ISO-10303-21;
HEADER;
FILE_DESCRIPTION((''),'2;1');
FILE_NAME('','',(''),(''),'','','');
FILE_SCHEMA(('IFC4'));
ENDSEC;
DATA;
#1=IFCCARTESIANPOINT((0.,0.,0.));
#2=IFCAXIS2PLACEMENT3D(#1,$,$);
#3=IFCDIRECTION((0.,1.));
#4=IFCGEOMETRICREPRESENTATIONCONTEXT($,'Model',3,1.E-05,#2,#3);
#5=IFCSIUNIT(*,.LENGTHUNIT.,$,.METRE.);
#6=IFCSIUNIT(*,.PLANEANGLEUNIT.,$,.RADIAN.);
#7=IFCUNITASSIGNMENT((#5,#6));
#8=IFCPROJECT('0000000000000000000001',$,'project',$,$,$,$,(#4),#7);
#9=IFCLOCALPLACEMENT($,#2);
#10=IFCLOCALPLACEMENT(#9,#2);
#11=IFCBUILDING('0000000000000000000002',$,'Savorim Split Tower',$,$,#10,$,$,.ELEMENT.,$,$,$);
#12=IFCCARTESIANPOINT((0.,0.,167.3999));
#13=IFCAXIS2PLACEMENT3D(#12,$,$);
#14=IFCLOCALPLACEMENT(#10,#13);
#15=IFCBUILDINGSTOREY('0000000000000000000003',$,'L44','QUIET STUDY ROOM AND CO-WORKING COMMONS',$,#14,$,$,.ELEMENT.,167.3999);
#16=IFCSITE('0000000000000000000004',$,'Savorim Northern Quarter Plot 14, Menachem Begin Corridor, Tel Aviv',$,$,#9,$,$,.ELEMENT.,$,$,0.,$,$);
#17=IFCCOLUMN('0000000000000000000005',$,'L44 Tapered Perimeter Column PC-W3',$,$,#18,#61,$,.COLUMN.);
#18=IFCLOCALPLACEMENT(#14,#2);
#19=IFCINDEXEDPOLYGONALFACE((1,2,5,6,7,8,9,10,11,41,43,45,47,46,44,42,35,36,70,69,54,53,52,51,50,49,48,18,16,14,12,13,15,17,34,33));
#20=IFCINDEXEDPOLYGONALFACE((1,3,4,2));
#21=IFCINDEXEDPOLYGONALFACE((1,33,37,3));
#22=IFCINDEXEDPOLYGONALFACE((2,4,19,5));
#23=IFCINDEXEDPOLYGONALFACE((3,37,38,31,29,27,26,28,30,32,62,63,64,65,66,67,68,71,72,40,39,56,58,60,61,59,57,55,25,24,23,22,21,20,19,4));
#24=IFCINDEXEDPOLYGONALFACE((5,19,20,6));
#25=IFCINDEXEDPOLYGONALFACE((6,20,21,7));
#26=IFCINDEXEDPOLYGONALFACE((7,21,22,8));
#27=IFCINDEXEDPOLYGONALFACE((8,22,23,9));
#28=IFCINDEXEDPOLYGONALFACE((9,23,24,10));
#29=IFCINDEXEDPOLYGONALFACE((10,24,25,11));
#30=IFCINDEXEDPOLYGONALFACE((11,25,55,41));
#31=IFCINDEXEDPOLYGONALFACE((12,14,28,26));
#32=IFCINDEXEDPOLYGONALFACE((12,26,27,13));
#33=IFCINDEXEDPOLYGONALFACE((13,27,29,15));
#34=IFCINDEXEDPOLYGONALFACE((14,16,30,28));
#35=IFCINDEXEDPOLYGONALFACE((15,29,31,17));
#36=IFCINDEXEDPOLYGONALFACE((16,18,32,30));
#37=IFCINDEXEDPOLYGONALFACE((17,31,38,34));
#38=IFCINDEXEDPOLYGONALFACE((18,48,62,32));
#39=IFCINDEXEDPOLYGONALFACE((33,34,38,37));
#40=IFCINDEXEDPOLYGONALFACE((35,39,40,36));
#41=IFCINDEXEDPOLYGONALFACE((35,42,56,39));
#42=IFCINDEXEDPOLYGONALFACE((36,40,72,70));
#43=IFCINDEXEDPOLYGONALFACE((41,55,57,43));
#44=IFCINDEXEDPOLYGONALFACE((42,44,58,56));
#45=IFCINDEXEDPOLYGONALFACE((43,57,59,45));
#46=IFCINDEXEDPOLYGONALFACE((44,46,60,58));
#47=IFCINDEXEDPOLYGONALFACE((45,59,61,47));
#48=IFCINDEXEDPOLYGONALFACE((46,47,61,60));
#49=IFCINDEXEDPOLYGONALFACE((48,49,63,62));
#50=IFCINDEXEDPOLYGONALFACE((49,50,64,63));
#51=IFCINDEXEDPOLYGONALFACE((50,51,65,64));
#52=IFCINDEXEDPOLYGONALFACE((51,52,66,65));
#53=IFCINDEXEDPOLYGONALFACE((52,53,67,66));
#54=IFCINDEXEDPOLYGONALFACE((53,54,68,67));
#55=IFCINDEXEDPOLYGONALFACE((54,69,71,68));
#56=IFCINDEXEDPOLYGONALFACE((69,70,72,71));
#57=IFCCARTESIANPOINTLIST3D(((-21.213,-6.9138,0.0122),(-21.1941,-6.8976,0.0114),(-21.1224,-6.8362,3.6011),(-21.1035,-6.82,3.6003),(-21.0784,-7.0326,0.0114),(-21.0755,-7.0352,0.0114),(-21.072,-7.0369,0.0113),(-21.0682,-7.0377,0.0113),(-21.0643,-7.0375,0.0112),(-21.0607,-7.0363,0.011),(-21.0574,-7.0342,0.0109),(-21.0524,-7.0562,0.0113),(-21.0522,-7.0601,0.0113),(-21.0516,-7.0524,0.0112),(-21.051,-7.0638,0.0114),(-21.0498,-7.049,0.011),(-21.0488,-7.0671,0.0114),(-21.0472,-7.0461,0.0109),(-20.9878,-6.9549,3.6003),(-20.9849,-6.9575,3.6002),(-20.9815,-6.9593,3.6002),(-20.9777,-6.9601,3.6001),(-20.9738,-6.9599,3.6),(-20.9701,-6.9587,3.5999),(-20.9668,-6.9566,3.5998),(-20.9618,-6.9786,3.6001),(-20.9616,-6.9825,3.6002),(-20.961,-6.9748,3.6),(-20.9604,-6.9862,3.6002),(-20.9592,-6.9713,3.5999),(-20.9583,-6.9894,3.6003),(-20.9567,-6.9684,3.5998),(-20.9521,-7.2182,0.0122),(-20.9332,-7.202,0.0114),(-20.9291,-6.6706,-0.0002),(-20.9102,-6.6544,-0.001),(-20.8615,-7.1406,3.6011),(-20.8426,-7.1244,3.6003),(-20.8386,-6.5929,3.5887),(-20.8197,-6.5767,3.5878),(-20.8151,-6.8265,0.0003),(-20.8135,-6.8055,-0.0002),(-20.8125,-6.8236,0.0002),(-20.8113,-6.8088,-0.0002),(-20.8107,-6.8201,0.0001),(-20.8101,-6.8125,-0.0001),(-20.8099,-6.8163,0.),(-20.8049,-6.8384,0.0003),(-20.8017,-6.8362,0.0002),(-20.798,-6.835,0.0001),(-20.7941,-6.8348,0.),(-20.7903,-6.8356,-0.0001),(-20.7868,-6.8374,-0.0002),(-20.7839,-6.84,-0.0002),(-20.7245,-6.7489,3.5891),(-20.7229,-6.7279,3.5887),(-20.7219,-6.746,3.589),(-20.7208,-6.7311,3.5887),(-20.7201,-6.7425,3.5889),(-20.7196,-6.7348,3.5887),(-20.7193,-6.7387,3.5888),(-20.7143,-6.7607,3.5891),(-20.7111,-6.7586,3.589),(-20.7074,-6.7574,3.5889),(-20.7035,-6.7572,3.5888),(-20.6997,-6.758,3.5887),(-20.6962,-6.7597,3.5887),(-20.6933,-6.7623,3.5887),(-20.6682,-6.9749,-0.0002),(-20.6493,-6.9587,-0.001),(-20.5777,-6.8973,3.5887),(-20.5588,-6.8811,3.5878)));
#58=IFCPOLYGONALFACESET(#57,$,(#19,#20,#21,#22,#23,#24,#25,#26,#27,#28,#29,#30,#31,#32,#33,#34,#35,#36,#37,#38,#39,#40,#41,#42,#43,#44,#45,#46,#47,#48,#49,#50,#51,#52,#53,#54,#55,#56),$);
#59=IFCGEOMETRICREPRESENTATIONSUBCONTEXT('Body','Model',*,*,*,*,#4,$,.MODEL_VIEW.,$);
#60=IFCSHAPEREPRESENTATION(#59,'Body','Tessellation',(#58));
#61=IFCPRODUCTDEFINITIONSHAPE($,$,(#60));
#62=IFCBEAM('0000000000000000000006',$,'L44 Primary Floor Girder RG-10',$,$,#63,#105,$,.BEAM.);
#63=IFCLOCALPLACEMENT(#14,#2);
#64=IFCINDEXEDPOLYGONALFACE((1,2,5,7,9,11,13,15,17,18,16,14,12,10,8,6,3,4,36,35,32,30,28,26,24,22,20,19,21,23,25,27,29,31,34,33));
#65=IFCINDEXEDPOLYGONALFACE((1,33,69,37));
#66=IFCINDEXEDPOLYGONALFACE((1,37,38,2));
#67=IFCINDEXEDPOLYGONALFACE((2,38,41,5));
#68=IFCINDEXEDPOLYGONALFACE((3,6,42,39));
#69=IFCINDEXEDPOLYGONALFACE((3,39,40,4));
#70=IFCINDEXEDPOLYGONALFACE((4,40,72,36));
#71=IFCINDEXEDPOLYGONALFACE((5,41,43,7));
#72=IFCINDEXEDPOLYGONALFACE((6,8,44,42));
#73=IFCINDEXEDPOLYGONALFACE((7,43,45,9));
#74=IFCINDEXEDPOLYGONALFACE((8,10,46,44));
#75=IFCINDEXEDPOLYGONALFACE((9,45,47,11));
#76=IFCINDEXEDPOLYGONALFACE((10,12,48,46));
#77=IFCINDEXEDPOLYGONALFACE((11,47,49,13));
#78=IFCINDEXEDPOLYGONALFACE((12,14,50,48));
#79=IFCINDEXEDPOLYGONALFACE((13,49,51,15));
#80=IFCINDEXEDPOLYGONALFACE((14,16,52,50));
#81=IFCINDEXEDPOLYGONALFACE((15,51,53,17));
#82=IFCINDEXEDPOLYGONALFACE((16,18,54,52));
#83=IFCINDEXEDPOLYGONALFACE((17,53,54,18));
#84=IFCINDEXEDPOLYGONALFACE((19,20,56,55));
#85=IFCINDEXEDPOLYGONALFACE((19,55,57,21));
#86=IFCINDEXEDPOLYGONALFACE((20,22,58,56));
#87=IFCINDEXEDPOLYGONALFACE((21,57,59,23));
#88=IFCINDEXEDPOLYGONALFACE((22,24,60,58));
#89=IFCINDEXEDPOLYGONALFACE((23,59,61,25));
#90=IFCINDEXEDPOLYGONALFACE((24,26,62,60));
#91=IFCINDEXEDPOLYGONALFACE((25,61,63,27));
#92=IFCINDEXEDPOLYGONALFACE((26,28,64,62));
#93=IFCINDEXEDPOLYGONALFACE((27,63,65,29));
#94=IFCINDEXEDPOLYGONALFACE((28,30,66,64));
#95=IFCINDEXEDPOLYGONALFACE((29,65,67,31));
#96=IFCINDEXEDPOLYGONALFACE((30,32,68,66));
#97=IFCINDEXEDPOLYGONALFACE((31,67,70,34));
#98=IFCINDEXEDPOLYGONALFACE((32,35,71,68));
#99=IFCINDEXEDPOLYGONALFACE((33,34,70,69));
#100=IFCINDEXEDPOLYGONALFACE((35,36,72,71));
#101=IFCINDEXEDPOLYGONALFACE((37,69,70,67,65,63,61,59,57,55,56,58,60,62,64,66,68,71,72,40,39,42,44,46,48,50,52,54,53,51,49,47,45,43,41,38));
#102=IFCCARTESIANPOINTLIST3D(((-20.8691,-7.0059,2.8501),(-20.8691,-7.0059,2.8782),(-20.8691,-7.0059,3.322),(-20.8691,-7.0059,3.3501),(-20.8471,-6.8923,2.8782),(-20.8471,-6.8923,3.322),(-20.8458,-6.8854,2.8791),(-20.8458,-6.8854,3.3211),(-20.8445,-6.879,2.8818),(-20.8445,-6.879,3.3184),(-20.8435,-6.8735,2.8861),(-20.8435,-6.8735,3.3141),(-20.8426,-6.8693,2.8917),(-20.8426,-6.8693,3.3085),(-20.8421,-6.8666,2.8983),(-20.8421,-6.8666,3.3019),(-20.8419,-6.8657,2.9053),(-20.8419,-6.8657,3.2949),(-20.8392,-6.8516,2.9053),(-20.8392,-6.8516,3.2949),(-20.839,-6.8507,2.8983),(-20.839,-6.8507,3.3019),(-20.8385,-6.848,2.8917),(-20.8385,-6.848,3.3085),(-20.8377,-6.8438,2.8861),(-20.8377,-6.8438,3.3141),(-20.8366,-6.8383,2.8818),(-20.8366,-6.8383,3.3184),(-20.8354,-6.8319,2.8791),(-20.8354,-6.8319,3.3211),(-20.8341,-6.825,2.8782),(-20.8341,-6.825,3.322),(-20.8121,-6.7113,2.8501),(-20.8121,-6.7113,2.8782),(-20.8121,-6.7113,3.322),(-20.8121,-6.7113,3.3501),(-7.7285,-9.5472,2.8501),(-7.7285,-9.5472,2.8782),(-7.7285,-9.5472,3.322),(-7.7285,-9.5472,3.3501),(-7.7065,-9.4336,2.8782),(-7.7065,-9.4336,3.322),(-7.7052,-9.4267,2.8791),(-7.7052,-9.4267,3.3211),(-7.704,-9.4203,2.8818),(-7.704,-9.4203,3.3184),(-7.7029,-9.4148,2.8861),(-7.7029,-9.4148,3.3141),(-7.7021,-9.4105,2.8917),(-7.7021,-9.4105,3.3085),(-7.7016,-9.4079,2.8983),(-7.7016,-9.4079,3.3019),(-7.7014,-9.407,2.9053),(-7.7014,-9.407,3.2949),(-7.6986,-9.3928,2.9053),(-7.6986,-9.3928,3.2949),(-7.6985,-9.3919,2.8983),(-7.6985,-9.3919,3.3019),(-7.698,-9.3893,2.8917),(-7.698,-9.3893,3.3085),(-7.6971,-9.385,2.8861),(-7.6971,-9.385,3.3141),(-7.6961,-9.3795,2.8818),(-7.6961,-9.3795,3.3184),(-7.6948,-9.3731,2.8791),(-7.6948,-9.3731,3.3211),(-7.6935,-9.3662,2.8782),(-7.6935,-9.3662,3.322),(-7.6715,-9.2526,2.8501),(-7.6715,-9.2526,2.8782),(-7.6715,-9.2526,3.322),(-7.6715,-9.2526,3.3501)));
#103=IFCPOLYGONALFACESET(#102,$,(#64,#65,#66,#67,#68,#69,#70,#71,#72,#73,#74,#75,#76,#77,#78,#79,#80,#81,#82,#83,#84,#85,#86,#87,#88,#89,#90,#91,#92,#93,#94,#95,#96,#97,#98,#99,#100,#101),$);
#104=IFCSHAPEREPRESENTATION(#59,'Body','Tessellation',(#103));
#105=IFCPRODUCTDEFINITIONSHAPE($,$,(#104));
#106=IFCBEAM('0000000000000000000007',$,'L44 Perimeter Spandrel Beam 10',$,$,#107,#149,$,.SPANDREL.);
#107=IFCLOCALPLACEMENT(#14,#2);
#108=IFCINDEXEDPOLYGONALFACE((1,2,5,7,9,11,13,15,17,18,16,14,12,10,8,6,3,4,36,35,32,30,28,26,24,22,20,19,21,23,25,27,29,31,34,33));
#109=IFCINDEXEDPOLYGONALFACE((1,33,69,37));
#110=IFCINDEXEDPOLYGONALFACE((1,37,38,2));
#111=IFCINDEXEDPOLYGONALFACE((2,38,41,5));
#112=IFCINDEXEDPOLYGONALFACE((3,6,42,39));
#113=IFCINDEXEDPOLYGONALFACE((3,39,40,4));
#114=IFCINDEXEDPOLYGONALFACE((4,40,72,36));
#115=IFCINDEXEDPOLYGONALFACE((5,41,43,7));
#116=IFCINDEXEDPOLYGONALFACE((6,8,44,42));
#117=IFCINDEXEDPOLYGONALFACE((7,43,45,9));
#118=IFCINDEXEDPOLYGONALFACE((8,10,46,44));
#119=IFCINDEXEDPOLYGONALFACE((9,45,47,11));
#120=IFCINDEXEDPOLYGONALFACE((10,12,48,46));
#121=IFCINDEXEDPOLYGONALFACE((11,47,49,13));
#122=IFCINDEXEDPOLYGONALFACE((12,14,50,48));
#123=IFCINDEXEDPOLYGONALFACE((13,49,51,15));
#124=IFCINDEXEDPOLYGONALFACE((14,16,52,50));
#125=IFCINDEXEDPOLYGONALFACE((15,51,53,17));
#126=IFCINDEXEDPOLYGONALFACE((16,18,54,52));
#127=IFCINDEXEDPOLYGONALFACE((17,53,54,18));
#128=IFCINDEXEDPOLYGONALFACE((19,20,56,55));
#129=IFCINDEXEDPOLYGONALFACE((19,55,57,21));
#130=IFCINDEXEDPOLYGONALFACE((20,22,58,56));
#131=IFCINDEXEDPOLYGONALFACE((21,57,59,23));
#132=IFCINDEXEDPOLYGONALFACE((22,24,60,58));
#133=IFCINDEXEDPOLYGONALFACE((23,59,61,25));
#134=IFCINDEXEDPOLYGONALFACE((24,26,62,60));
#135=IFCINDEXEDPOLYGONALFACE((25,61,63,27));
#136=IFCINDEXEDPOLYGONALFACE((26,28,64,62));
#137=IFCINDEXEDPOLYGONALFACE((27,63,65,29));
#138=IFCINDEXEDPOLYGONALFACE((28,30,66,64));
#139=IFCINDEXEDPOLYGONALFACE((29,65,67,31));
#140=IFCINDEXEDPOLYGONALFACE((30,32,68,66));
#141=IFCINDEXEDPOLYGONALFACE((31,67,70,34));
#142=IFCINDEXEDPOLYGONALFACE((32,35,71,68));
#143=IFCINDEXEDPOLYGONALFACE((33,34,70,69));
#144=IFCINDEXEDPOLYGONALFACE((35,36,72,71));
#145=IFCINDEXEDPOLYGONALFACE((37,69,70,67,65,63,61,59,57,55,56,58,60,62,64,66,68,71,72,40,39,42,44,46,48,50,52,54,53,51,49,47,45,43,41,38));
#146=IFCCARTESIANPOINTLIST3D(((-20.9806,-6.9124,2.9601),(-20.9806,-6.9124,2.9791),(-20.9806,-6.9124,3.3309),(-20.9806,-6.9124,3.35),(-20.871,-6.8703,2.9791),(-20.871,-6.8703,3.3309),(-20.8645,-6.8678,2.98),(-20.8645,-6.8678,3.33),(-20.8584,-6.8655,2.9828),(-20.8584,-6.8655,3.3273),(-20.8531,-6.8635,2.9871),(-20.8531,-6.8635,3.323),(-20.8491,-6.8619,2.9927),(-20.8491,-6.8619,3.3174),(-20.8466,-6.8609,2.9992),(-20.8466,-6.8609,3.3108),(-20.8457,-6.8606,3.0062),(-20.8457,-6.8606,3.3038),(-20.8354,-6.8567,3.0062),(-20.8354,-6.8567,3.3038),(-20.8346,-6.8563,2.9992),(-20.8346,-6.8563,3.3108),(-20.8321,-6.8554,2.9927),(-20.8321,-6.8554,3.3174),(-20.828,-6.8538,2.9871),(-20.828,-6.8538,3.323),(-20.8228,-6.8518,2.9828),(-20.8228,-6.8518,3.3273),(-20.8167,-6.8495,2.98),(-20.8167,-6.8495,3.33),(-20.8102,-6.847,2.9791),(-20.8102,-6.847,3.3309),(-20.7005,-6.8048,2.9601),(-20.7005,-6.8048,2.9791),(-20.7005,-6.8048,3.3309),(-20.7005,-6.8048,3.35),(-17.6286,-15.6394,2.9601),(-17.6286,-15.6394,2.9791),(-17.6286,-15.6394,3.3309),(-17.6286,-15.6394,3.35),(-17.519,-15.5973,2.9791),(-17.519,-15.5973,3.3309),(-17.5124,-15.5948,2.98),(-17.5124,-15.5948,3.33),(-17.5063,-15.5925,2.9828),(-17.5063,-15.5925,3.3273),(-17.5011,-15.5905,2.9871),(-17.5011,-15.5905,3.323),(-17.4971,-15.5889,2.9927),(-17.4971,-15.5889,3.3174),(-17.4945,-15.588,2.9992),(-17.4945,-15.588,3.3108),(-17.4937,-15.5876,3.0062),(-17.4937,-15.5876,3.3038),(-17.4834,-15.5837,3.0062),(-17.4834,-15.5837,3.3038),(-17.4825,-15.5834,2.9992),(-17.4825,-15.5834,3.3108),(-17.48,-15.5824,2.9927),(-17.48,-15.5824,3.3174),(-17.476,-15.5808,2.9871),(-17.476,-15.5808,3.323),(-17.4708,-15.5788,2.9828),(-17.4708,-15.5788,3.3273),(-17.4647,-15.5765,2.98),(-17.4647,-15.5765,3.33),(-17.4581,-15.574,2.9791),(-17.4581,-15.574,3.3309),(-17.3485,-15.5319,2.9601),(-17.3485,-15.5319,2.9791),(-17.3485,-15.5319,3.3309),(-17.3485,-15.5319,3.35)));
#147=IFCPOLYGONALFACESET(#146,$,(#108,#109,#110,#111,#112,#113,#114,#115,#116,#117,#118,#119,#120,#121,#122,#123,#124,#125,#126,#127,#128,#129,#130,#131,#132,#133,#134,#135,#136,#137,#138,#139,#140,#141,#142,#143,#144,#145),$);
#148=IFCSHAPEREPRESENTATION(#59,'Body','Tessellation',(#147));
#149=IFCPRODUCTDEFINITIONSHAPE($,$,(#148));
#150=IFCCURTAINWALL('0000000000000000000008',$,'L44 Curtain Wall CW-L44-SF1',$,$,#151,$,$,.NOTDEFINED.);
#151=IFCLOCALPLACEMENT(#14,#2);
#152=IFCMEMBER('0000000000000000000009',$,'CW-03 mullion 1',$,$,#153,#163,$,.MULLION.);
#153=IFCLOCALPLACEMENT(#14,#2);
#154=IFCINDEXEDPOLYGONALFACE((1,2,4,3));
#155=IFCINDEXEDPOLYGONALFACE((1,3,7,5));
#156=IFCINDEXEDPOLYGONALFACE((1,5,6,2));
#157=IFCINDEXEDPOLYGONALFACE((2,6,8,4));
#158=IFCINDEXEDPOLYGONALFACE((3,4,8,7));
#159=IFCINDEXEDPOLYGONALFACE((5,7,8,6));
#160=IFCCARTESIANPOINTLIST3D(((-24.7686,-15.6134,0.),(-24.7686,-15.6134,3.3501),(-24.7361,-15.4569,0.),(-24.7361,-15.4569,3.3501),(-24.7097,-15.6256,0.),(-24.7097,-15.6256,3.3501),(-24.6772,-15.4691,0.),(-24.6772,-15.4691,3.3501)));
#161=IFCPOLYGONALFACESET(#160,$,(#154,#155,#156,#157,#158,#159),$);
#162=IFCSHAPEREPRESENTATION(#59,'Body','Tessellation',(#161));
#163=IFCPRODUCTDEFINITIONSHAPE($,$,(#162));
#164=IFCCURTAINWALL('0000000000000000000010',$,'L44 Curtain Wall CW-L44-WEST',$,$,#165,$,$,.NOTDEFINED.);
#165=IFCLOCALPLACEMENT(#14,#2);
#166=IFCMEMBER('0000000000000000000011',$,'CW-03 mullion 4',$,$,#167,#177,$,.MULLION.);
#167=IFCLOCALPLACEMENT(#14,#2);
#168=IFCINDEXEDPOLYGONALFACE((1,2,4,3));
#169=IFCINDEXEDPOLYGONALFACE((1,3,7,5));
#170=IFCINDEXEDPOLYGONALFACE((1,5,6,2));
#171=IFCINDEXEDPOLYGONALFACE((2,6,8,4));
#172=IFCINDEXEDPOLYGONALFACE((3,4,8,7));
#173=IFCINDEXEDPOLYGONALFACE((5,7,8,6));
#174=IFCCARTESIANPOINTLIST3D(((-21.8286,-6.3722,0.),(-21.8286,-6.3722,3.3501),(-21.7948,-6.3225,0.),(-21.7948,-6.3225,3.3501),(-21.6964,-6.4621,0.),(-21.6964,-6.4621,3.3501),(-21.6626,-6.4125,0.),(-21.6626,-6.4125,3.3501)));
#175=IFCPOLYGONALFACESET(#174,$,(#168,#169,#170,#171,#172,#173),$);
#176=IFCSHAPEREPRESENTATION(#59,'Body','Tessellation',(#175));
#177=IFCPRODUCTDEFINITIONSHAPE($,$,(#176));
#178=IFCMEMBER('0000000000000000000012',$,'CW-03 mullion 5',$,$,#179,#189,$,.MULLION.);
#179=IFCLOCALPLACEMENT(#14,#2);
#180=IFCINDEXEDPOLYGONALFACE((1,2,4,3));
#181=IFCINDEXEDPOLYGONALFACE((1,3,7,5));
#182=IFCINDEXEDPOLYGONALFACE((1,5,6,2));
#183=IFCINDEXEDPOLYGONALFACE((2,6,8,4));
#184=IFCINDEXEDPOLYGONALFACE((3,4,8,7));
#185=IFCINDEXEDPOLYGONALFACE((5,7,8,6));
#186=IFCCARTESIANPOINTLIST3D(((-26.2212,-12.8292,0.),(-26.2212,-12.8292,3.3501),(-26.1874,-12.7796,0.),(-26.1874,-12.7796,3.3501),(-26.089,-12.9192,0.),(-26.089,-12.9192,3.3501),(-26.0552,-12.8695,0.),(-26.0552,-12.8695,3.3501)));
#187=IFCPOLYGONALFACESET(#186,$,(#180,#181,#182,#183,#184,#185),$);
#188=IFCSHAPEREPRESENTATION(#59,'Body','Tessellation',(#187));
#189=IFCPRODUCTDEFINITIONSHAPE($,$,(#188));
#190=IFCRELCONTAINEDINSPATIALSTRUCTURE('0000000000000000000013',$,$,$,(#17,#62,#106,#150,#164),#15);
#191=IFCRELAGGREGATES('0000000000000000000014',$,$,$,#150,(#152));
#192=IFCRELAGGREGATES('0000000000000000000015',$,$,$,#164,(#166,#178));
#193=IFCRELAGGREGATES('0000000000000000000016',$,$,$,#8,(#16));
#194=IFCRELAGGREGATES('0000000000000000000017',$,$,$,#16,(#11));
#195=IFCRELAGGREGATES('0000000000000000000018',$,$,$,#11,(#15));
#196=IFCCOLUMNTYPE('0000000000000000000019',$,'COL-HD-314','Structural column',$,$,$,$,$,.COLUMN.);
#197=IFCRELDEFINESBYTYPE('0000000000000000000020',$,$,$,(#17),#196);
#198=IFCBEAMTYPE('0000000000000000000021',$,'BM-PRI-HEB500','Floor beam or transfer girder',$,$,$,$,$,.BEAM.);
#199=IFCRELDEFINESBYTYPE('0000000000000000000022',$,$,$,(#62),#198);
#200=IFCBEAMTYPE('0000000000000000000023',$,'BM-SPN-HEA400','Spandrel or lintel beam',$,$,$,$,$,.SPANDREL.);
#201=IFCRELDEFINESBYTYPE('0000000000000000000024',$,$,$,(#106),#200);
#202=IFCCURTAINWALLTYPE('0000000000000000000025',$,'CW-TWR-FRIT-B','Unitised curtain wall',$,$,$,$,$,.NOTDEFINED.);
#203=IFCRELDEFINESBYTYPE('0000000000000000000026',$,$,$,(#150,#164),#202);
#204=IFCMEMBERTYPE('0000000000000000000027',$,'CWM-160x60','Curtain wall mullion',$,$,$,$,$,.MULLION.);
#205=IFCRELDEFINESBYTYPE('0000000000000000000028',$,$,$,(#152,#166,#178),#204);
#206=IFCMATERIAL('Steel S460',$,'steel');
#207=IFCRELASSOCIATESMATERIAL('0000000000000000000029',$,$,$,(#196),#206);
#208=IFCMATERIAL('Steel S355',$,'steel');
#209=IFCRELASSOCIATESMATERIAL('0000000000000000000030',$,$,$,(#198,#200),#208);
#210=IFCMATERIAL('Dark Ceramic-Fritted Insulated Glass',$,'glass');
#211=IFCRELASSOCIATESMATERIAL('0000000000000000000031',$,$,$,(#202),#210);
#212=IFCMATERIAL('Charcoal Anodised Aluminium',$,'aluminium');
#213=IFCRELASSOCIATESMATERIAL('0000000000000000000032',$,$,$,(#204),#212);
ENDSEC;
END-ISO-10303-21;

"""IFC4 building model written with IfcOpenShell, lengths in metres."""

from ifc_helpers import new_model, si_unit, direction, frame, origin, origin_2d, place, context, subcontext, project, spatial, rectangle, i_section, extrude, material, material_profile, profile_set, type_object, element, aggregate, save


model = new_model("IFC4")

# Units and contexts
model_context = context("Model", 3, precision=1e-05, world=origin(), true_north=direction((0.0, 1.0)))
body_context = subcontext(model_context, "Body", "Model", "MODEL_VIEW")
ifc_project = project(units=[si_unit("LENGTHUNIT", "METRE"), si_unit("PLANEANGLEUNIT", "RADIAN")], contexts=[model_context])

# Site, building, storey
site_placement = place(None, origin())
site = spatial("IfcSite", under=ifc_project, at=site_placement, Name="Savorim Northern Quarter Plot 14, Menachem Begin Corridor, Tel Aviv", CompositionType="ELEMENT", RefElevation=0.0)
building_placement = place(site_placement, origin())
building = spatial("IfcBuilding", under=site, at=building_placement, Name="Savorim Split Tower", CompositionType="ELEMENT")
storey_placement = place(building_placement, frame((0.0, 0.0, 167.3999)))
storey = spatial("IfcBuildingStorey", under=building, at=storey_placement, Name="L44", Description="QUIET STUDY ROOM AND CO-WORKING COMMONS", CompositionType="ELEMENT", Elevation=167.3999)

# Column
ifc_material_1 = material(Name="Steel S460", Category="steel")
ifc_material_profile_1 = material_profile(ifc_material_1, i_section(OverallWidth=0.4009, OverallDepth=0.3989, WebThickness=0.0156, FlangeThickness=0.0249, FilletRadius=0.0149, at=origin_2d()), Name="HD 400x314")
ifc_profile_set_1 = profile_set([ifc_material_profile_1], Name="Steel S460")
column_type = type_object("IfcColumnType", Name="COL-HD-314", Description="Structural column", PredefinedType="COLUMN", material=ifc_profile_set_1)
column_placement = place(storey_placement, frame((-20.9312, -6.9363, 0.0056), z_axis=(0.025224, 0.021621, 0.999448), x_axis=(-0.650791, 0.759257, 0.0)))
element("IfcColumn", 1, at=column_placement, inside=storey, type_object=column_type, Name="L44 Tapered Perimeter Column PC-W3", PredefinedType="COLUMN", context=body_context, shape_type="SweptSolid", body=[
    extrude(i_section(OverallWidth=0.4009, OverallDepth=0.3989, WebThickness=0.0156, FlangeThickness=0.0249, FilletRadius=0.0149, at=origin_2d()), origin(), (0.0, 0.0, 1.0), 3.5908),
])

# Beams
ifc_material_2 = material(Name="Steel S355", Category="steel")
ifc_material_profile_2 = material_profile(ifc_material_2, i_section(OverallWidth=0.3, OverallDepth=0.5, WebThickness=0.0144, FlangeThickness=0.0281, FilletRadius=0.0271, at=origin_2d()), Name="HEB 500")
ifc_profile_set_2 = profile_set([ifc_material_profile_2], Name="Steel S355")
beam_type_1 = type_object("IfcBeamType", Name="BM-PRI-HEB500", Description="Floor beam or transfer girder", PredefinedType="BEAM", material=ifc_profile_set_2)
beam_1_placement = place(storey_placement, frame((-20.8406, -6.8586, 3.1001), z_axis=(0.981809, -0.189872, 0.0), x_axis=(0.189872, 0.981809, 0.0)))
element("IfcBeam", 2, at=beam_1_placement, inside=storey, type_object=beam_type_1, Name="L44 Primary Floor Girder RG-10", PredefinedType="BEAM", context=body_context, shape_type="SweptSolid", body=[
    extrude(i_section(OverallWidth=0.3, OverallDepth=0.5, WebThickness=0.0144, FlangeThickness=0.0281, FilletRadius=0.0271, at=origin_2d()), origin(), (0.0, 0.0, 1.0), 13.384),
])
ifc_material_profile_3 = material_profile(ifc_material_2, i_section(OverallWidth=0.3, OverallDepth=0.3899, WebThickness=0.011, FlangeThickness=0.019, FilletRadius=0.0271, at=origin_2d()), Name="HEA 400")
ifc_profile_set_3 = profile_set([ifc_material_profile_3], Name="Steel S355")
beam_type_2 = type_object("IfcBeamType", Name="BM-SPN-HEA400", Description="Spandrel or lintel beam", PredefinedType="SPANDREL", material=ifc_profile_set_3)
beam_2_placement = place(storey_placement, frame((-20.8406, -6.8586, 3.155), z_axis=(0.358559, -0.933507, 0.0), x_axis=(0.933507, 0.358559, 0.0)))
element("IfcBeam", 3, at=beam_2_placement, inside=storey, type_object=beam_type_2, Name="L44 Perimeter Spandrel Beam 10", PredefinedType="SPANDREL", context=body_context, shape_type="SweptSolid", body=[
    extrude(i_section(OverallWidth=0.3, OverallDepth=0.3899, WebThickness=0.011, FlangeThickness=0.019, FilletRadius=0.0271, at=origin_2d()), origin(), (0.0, 0.0, 1.0), 9.3486),
])

# Curtain wall, member
ifc_material_3 = material(Name="Dark Ceramic-Fritted Insulated Glass", Category="glass")
curtain_wall_type = type_object("IfcCurtainWallType", Name="CW-TWR-FRIT-B", Description="Unitised curtain wall", PredefinedType="NOTDEFINED", material=ifc_material_3)
curtain_wall_1_placement = place(storey_placement, origin())
curtain_wall_1 = element("IfcCurtainWall", 4, at=curtain_wall_1_placement, inside=storey, type_object=curtain_wall_type, Name="L44 Curtain Wall CW-L44-SF1", PredefinedType="NOTDEFINED")
ifc_material_4 = material(Name="Charcoal Anodised Aluminium", Category="aluminium")
ifc_material_profile_4 = material_profile(ifc_material_4, rectangle(XDim=0.1599, YDim=0.0601, at=origin_2d()), Name="ALU-M 160x60")
ifc_profile_set_4 = profile_set([ifc_material_profile_4], Name="Charcoal Anodised Aluminium")
member_type_1 = type_object("IfcMemberType", Name="CWM-160x60", Description="Curtain wall mullion", PredefinedType="MULLION", material=ifc_profile_set_4)
member_1_placement = place(storey_placement, frame((-24.7229, -15.5413, 0.0), z_axis=(0.0, 0.0, 1.0), x_axis=(0.203214, 0.979134, 0.0)))
member_1 = element("IfcMember", 5, at=member_1_placement, type_object=member_type_1, Name="CW-03 mullion 1", PredefinedType="MULLION", context=body_context, shape_type="SweptSolid", body=[
    extrude(rectangle(XDim=0.1599, YDim=0.0601, at=origin_2d()), origin(), (0.0, 0.0, 1.0), 3.3501),
])

# Curtain wall, members
curtain_wall_2_placement = place(storey_placement, origin())
curtain_wall_2 = element("IfcCurtainWall", 6, at=curtain_wall_2_placement, inside=storey, type_object=curtain_wall_type, Name="L44 Curtain Wall CW-L44-WEST", PredefinedType="NOTDEFINED")
member_2_placement = place(storey_placement, frame((-21.7456, -6.3923, 0.0), z_axis=(0.0, 0.0, 1.0), x_axis=(0.826819, -0.562468, 0.0)))
member_2 = element("IfcMember", 7, at=member_2_placement, type_object=member_type_1, Name="CW-03 mullion 4", PredefinedType="MULLION", context=body_context, shape_type="SweptSolid", body=[
    extrude(rectangle(XDim=0.1599, YDim=0.0601, at=origin_2d()), origin(), (0.0, 0.0, 1.0), 3.3501),
])
member_3_placement = place(storey_placement, frame((-26.1382, -12.8494, 0.0), z_axis=(0.0, 0.0, 1.0), x_axis=(0.826819, -0.562468, 0.0)))
member_3 = element("IfcMember", 8, at=member_3_placement, type_object=member_type_1, Name="CW-03 mullion 5", PredefinedType="MULLION", context=body_context, shape_type="SweptSolid", body=[
    extrude(rectangle(XDim=0.1599, YDim=0.0601, at=origin_2d()), origin(), (0.0, 0.0, 1.0), 3.3501),
])

aggregate(curtain_wall_1, [member_1])

aggregate(curtain_wall_2, [member_2, member_3])

save(model, "model.ifc")
